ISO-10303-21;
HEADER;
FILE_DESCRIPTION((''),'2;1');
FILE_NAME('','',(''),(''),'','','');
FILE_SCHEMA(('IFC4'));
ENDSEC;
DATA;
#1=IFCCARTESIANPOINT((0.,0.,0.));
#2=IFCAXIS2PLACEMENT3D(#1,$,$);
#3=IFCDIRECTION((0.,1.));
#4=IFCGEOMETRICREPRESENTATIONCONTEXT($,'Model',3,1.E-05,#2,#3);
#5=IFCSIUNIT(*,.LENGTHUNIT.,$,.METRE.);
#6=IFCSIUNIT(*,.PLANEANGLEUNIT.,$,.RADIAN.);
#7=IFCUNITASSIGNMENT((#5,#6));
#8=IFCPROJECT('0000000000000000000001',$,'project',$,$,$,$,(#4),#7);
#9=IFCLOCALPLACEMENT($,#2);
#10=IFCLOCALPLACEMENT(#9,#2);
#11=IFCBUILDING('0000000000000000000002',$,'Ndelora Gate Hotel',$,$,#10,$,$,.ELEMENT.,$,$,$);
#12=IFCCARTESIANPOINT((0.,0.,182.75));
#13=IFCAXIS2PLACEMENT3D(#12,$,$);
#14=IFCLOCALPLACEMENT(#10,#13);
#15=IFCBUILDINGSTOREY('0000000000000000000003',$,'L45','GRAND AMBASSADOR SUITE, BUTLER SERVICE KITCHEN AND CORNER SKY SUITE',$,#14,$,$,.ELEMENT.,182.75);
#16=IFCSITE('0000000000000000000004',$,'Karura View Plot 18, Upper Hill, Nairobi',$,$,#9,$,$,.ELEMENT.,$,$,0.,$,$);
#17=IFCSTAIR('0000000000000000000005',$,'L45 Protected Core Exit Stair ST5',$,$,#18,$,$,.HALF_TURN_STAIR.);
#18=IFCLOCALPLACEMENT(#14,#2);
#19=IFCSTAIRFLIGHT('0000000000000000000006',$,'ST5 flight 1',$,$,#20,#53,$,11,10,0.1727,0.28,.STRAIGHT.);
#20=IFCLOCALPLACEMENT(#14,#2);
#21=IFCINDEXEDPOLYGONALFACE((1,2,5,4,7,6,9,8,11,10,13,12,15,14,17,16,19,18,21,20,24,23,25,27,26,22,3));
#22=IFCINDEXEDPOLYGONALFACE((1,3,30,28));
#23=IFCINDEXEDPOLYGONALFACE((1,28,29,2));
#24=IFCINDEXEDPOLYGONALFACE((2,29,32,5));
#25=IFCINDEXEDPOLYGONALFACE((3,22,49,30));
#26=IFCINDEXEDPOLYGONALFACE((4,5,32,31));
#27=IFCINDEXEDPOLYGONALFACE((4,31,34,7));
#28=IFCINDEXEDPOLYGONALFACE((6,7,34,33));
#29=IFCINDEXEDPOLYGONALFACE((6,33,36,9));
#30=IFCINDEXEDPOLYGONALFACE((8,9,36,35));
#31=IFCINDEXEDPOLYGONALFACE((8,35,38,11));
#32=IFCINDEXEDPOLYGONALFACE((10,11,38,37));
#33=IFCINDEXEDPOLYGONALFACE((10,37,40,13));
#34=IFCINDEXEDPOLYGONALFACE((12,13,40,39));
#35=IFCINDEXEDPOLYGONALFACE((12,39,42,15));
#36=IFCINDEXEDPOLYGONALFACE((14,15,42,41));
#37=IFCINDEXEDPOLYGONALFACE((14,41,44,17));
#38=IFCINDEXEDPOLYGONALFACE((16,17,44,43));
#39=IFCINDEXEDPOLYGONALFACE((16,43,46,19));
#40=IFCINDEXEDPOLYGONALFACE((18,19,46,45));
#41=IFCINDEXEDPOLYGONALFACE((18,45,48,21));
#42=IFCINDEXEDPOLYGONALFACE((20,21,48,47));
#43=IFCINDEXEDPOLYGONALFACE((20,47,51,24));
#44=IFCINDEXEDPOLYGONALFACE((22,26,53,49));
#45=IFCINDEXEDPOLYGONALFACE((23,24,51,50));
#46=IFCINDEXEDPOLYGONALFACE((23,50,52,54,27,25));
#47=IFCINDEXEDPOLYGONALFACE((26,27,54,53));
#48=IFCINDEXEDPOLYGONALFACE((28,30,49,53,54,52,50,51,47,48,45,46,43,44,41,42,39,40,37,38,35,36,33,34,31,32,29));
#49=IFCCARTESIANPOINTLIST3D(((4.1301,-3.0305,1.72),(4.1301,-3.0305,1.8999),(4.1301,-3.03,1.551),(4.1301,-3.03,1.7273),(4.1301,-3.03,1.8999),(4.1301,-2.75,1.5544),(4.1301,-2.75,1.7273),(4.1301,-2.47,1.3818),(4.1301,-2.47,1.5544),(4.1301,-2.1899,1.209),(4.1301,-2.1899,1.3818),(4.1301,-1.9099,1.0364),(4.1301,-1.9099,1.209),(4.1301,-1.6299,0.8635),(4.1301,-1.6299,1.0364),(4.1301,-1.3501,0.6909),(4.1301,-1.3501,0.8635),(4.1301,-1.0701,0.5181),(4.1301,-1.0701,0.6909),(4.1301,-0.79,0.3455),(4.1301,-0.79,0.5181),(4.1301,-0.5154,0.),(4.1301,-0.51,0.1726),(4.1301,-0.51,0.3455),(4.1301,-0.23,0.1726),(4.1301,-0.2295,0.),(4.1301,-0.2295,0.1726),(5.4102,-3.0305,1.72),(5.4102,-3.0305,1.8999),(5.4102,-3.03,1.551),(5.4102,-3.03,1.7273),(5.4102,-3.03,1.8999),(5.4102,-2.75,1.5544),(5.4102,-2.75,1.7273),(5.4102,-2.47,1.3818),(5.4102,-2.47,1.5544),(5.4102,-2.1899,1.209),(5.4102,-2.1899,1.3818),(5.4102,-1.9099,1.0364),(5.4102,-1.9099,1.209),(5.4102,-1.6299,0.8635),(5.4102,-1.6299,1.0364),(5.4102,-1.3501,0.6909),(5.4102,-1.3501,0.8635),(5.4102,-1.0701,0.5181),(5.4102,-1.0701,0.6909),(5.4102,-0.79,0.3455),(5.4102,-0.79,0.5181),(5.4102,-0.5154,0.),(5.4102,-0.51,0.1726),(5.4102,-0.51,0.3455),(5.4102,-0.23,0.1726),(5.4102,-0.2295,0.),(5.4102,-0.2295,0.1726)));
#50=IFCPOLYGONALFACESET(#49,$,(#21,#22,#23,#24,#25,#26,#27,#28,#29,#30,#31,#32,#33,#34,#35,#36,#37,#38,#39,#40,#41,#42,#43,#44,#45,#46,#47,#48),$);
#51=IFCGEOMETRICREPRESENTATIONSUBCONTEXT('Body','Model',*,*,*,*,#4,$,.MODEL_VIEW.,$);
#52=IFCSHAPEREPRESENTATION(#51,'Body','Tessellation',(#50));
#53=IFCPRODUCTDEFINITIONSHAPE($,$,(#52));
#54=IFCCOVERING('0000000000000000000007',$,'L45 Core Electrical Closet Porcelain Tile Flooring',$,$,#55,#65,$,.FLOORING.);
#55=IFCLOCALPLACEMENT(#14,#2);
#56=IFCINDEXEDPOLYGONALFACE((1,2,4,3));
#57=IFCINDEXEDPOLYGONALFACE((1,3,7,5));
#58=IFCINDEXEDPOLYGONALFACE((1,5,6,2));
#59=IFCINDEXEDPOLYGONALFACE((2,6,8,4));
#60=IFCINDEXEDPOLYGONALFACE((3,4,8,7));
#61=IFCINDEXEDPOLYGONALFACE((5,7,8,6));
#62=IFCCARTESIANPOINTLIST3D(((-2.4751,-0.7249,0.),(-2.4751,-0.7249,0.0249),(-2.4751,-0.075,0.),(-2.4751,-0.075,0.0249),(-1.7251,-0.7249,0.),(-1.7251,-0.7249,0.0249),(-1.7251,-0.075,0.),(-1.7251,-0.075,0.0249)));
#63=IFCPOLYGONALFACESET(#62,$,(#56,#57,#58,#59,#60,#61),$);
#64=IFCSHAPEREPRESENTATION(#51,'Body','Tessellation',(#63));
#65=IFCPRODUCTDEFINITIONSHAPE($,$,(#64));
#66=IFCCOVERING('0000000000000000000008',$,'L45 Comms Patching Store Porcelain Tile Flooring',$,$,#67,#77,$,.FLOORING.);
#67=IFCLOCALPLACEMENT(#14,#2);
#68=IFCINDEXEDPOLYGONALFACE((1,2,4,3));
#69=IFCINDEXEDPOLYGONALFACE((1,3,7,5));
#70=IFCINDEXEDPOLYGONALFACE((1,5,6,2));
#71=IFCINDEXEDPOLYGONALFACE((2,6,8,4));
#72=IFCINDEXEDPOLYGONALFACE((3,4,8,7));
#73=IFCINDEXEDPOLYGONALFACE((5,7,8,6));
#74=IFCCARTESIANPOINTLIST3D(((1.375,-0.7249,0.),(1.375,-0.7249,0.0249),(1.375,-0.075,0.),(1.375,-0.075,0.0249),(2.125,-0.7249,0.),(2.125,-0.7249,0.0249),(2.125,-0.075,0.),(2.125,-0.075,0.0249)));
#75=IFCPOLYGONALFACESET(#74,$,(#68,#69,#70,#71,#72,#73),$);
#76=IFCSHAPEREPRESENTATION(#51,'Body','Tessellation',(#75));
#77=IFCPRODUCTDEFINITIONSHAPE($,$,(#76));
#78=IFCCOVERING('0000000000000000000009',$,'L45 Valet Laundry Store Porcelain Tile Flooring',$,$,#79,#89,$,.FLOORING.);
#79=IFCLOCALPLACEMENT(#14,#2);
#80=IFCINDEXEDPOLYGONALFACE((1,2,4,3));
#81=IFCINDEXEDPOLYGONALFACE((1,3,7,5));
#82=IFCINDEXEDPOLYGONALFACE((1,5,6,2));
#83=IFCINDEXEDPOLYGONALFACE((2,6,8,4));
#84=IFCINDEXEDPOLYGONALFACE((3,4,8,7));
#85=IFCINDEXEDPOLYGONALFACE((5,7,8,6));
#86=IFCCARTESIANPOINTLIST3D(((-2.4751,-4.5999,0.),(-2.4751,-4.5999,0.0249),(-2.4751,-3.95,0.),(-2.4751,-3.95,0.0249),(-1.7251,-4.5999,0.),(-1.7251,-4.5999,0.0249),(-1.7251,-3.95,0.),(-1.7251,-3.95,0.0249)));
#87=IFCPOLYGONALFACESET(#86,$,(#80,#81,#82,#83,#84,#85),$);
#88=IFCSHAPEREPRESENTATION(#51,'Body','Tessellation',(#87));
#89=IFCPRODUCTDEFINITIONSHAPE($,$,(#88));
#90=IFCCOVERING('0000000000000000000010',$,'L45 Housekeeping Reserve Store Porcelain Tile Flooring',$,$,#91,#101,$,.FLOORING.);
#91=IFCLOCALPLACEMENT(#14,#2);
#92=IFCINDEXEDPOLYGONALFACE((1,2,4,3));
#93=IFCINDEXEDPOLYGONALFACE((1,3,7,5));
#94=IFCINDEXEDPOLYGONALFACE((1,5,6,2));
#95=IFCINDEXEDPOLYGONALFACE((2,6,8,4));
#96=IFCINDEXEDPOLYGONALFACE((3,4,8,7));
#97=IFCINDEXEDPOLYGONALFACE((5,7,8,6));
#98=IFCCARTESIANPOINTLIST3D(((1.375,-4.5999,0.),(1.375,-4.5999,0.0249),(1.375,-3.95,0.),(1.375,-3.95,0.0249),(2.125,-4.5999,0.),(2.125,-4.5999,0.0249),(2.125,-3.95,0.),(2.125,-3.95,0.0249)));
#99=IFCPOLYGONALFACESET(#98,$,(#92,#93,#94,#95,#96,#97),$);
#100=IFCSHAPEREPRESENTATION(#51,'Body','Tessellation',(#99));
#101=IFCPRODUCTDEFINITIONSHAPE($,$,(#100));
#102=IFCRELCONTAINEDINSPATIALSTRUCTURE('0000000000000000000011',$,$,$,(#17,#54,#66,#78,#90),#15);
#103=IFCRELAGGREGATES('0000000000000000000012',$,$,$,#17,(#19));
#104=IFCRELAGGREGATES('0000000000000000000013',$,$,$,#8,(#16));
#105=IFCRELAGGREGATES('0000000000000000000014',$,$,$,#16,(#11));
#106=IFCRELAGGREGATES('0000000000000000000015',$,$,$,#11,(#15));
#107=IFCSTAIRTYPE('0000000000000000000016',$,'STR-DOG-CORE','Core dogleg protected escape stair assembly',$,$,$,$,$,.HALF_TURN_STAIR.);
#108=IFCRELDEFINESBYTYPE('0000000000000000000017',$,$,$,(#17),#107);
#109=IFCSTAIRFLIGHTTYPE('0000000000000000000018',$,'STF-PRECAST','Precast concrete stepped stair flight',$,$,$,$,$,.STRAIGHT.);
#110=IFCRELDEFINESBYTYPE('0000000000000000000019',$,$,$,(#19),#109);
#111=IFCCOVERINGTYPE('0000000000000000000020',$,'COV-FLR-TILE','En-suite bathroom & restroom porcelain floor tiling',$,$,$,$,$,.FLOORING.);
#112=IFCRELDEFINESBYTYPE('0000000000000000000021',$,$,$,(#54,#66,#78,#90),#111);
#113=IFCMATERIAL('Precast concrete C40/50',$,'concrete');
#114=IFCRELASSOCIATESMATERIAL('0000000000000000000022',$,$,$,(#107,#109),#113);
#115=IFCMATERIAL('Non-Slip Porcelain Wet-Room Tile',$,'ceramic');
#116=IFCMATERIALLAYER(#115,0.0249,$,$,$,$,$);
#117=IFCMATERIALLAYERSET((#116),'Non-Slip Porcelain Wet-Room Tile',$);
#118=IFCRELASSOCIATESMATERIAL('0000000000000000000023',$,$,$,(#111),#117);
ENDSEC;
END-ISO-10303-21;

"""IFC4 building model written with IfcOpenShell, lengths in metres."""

from ifc_helpers import new_model, si_unit, direction, frame, origin, origin_2d, place, context, subcontext, project, spatial, polyline, rectangle, outline, extrude, material, layer, layer_set, type_object, element, aggregate, save


model = new_model("IFC4")

# Units and contexts
model_context = context("Model", 3, precision=1e-05, world=origin(), true_north=direction((0.0, 1.0)))
body_context = subcontext(model_context, "Body", "Model", "MODEL_VIEW")
ifc_project = project(units=[si_unit("LENGTHUNIT", "METRE"), si_unit("PLANEANGLEUNIT", "RADIAN")], contexts=[model_context])

# Site, building, storey
site_placement = place(None, origin())
site = spatial("IfcSite", under=ifc_project, at=site_placement, Name="Karura View Plot 18, Upper Hill, Nairobi", CompositionType="ELEMENT", RefElevation=0.0)
building_placement = place(site_placement, origin())
building = spatial("IfcBuilding", under=site, at=building_placement, Name="Ndelora Gate Hotel", CompositionType="ELEMENT")
storey_placement = place(building_placement, frame((0.0, 0.0, 182.75)))
storey = spatial("IfcBuildingStorey", under=building, at=storey_placement, Name="L45", Description="GRAND AMBASSADOR SUITE, BUTLER SERVICE KITCHEN AND CORNER SKY SUITE", CompositionType="ELEMENT", Elevation=182.75)

# Stair
ifc_material_1 = material(Name="Precast concrete C40/50", Category="concrete")
stair_type = type_object("IfcStairType", Name="STR-DOG-CORE", Description="Core dogleg protected escape stair assembly", PredefinedType="HALF_TURN_STAIR", material=ifc_material_1)
stair_1_placement = place(storey_placement, origin())
stair_1 = element("IfcStair", 1, at=stair_1_placement, inside=storey, type_object=stair_type, Name="L45 Protected Core Exit Stair ST5", PredefinedType="HALF_TURN_STAIR")

# Stair flight
stair_flight_type = type_object("IfcStairFlightType", Name="STF-PRECAST", Description="Precast concrete stepped stair flight", PredefinedType="STRAIGHT", material=ifc_material_1)
stair_flight_placement = place(storey_placement, frame((4.77, -0.23, 0.0), z_axis=(0.0, 0.0, 1.0), x_axis=(0.0, -1.0, 0.0)))
stair_flight = element("IfcStairFlight", 2, at=stair_flight_placement, type_object=stair_flight_type, Name="ST5 flight 1", NumberOfRisers=11, NumberOfTreads=10, PredefinedType="STRAIGHT", RiserHeight=0.1727, TreadLength=0.28, context=body_context, shape_type="SweptSolid", body=[
    extrude(outline(polyline([(-0.0005, 0.0), (-0.0005, 0.1726), (0.0, 0.1726), (0.28, 0.1726), (0.28, 0.3455), (0.5601, 0.3455), (0.5601, 0.5181), (0.8401, 0.5181), (0.8401, 0.6909), (1.1201, 0.6909), (1.1201, 0.8635), (1.3999, 0.8635), (1.3999, 1.0364), (1.6799, 1.0364), (1.6799, 1.209), (1.96, 1.209), (1.96, 1.3818), (2.24, 1.3818), (2.24, 1.5544), (2.52, 1.5544), (2.52, 1.7273), (2.8, 1.7273), (2.8, 1.8999), (2.8005, 1.8999), (2.8005, 1.72), (2.8, 1.551), (0.2854, 0.0), (-0.0005, 0.0)])), frame((0.0, 0.6401, 0.0), z_axis=(0.0, -1.0, 0.0), x_axis=(1.0, 0.0, 0.0)), (0.0, 0.0, 1.0), 1.28),
])
aggregate(stair_1, [stair_flight])

# Coverings
ifc_material_2 = material(Name="Non-Slip Porcelain Wet-Room Tile", Category="ceramic")
ifc_layer_1 = layer(ifc_material_2, 0.0249)
ifc_layer_set_1 = layer_set([ifc_layer_1], Name="Non-Slip Porcelain Wet-Room Tile")
covering_type = type_object("IfcCoveringType", Name="COV-FLR-TILE", Description="En-suite bathroom & restroom porcelain floor tiling", PredefinedType="FLOORING", material=ifc_layer_set_1)
for number, where, z_axis, x_axis, name in (
    (3, (-2.1001, -0.3999, 0.0), (0.0, 0.0, 1.0), (1.0, 0.0, 0.0), "L45 Core Electrical Closet Porcelain Tile Flooring"),
    (4, (1.75, -0.3999, 0.0), (0.0, 0.0, 1.0), (1.0, 0.0, 0.0), "L45 Comms Patching Store Porcelain Tile Flooring"),
    (5, (-2.1001, -4.2749, 0.0), (0.0, 0.0, 1.0), (1.0, 0.0, 0.0), "L45 Valet Laundry Store Porcelain Tile Flooring"),
    (6, (1.75, -4.2749, 0.0), (0.0, 0.0, 1.0), (1.0, 0.0, 0.0), "L45 Housekeeping Reserve Store Porcelain Tile Flooring"),
):
    element("IfcCovering", number, at=place(storey_placement, frame(where, z_axis=z_axis, x_axis=x_axis)), inside=storey, type_object=covering_type, Name=name, PredefinedType="FLOORING", context=body_context, shape_type="SweptSolid", body=[
        extrude(rectangle(XDim=0.75, YDim=0.6499, at=origin_2d()), origin(), (0.0, 0.0, 1.0), 0.0249),
    ])

save(model, "model.ifc")
